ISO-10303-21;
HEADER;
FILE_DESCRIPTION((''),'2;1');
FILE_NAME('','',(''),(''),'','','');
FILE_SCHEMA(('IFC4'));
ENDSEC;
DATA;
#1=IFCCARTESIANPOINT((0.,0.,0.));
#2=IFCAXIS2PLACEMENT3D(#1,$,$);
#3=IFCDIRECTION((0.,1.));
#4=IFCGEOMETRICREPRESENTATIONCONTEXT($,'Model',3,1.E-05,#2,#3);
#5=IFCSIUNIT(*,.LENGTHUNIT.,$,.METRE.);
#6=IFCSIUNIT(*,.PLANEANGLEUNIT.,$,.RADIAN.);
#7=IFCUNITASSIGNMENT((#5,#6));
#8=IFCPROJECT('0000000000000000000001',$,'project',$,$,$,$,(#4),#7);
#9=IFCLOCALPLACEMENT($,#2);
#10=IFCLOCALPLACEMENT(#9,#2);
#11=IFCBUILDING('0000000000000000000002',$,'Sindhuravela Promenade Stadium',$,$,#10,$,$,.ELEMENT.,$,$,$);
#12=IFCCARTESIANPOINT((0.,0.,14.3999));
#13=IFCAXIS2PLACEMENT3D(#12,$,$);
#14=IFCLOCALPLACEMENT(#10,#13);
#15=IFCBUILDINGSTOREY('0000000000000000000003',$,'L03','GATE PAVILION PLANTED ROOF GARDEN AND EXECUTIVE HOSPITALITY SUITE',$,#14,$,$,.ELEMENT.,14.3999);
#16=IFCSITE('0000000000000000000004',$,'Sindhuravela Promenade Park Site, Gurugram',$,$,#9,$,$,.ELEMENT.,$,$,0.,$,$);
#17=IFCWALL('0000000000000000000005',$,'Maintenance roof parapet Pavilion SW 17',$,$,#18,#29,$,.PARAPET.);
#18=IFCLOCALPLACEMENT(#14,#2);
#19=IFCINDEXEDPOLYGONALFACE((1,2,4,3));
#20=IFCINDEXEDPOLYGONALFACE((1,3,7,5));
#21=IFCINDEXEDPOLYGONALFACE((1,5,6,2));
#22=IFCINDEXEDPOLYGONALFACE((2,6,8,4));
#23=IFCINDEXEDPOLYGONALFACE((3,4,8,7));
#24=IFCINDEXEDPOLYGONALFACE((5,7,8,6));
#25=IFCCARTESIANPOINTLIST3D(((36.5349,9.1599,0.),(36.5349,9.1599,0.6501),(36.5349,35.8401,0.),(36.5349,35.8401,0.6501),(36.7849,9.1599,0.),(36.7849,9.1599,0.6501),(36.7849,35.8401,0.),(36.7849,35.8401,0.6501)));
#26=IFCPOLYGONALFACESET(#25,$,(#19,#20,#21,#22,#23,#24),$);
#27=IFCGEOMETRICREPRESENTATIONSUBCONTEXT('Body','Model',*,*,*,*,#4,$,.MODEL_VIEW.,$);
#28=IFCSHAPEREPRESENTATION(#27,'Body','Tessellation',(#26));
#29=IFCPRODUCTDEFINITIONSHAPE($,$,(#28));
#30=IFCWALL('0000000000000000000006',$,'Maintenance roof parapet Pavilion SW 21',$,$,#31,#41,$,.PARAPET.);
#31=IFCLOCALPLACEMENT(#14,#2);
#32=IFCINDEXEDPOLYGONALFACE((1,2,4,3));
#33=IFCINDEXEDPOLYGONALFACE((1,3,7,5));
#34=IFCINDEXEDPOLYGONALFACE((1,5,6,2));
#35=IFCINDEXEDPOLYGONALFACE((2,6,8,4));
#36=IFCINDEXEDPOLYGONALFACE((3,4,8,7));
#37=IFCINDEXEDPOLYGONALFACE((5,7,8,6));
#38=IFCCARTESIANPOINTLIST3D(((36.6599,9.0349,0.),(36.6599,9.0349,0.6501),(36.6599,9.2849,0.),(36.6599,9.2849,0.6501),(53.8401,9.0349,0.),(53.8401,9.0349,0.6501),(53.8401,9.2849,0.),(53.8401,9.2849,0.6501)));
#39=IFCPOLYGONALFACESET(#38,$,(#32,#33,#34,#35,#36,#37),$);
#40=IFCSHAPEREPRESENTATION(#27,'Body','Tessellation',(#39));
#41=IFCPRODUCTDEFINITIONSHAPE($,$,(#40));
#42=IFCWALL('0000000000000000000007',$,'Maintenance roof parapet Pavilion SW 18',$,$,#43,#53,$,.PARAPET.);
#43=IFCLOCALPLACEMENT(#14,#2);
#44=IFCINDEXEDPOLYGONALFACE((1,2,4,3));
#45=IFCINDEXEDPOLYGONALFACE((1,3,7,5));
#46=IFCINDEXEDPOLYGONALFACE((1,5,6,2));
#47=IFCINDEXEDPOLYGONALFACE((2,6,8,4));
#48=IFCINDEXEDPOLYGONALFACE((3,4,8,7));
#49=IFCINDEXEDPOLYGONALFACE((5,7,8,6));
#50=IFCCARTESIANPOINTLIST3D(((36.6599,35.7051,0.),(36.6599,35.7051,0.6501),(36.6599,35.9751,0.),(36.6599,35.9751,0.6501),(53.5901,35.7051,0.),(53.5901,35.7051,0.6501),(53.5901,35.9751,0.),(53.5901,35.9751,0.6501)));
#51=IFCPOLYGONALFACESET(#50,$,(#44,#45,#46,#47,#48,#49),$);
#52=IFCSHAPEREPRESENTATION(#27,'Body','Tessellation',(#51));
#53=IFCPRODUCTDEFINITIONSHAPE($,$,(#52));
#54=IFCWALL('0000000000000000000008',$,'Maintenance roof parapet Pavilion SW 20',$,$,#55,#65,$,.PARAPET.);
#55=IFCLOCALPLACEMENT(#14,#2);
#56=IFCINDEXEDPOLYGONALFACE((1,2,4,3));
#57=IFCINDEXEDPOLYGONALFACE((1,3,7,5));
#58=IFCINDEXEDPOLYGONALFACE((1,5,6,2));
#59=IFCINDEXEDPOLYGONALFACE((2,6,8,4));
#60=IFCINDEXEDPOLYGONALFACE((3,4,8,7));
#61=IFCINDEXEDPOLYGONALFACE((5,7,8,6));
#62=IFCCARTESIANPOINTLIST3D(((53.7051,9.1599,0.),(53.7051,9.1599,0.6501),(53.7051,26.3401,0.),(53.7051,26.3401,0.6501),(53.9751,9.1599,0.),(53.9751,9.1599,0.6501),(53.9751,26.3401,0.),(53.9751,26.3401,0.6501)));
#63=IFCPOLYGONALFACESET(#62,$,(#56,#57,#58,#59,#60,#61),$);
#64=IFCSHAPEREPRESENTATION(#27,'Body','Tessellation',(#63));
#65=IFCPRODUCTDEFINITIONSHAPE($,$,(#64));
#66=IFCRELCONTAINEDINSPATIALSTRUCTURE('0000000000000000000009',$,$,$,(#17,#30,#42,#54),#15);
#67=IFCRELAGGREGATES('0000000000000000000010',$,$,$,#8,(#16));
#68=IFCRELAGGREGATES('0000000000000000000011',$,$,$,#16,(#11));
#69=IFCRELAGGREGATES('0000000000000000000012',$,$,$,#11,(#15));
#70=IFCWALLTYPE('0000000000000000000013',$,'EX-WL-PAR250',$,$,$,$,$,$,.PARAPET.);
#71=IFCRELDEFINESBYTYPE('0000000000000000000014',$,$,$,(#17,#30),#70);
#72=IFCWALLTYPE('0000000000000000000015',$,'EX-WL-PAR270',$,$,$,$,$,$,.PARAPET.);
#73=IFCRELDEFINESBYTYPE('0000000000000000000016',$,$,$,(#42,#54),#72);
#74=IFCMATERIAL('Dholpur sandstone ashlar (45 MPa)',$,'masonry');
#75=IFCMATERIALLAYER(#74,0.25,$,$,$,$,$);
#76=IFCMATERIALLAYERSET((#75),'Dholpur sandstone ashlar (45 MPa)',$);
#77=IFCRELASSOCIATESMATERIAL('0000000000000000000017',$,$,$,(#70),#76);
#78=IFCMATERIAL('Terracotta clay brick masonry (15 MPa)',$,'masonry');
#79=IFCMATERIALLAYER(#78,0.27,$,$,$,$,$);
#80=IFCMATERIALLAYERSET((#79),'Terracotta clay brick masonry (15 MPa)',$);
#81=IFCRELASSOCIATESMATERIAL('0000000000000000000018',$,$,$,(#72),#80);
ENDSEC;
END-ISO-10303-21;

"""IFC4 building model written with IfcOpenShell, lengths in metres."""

from ifc_helpers import new_model, si_unit, direction, frame, frame_2d, origin, place, context, subcontext, project, spatial, rectangle, extrude, material, layer, layer_set, type_object, element, save


model = new_model("IFC4")

# Units and contexts
model_context = context("Model", 3, precision=1e-05, world=origin(), true_north=direction((0.0, 1.0)))
body_context = subcontext(model_context, "Body", "Model", "MODEL_VIEW")
ifc_project = project(units=[si_unit("LENGTHUNIT", "METRE"), si_unit("PLANEANGLEUNIT", "RADIAN")], contexts=[model_context])

# Site, building, storey
site_placement = place(None, origin())
site = spatial("IfcSite", under=ifc_project, at=site_placement, Name="Sindhuravela Promenade Park Site, Gurugram", CompositionType="ELEMENT", RefElevation=0.0)
building_placement = place(site_placement, origin())
building = spatial("IfcBuilding", under=site, at=building_placement, Name="Sindhuravela Promenade Stadium", CompositionType="ELEMENT")
storey_placement = place(building_placement, frame((0.0, 0.0, 14.3999)))
storey = spatial("IfcBuildingStorey", under=building, at=storey_placement, Name="L03", Description="GATE PAVILION PLANTED ROOF GARDEN AND EXECUTIVE HOSPITALITY SUITE", CompositionType="ELEMENT", Elevation=14.3999)

# Shared definitions
ifc_material_1 = material(Name="Terracotta clay brick masonry (15 MPa)", Category="masonry")

# Walls
ifc_material_2 = material(Name="Dholpur sandstone ashlar (45 MPa)", Category="masonry")
ifc_layer_1 = layer(ifc_material_2, 0.25)
ifc_layer_set_1 = layer_set([ifc_layer_1], Name="Dholpur sandstone ashlar (45 MPa)")
wall_type_1 = type_object("IfcWallType", Name="EX-WL-PAR250", PredefinedType="PARAPET", material=ifc_layer_set_1)
wall_1_placement = place(storey_placement, frame((36.6599, 9.1599, 0.0), z_axis=(0.0, 0.0, 1.0), x_axis=(0.0, 1.0, 0.0)))
element("IfcWall", 1, at=wall_1_placement, inside=storey, type_object=wall_type_1, Name="Maintenance roof parapet Pavilion SW 17", PredefinedType="PARAPET", context=body_context, shape_type="SweptSolid", body=[
    extrude(rectangle(XDim=26.6802, YDim=0.25, at=frame_2d((13.3401, 0.0))), origin(), (0.0, 0.0, 1.0), 0.6501),
])
wall_2_placement = place(storey_placement, frame((53.8401, 9.1599, 0.0), z_axis=(0.0, 0.0, 1.0), x_axis=(-1.0, 0.0, 0.0)))
element("IfcWall", 2, at=wall_2_placement, inside=storey, type_object=wall_type_1, Name="Maintenance roof parapet Pavilion SW 21", PredefinedType="PARAPET", context=body_context, shape_type="SweptSolid", body=[
    extrude(rectangle(XDim=17.1802, YDim=0.25, at=frame_2d((8.5901, 0.0))), origin(), (0.0, 0.0, 1.0), 0.6501),
])
ifc_layer_2 = layer(ifc_material_1, 0.27)
ifc_layer_set_2 = layer_set([ifc_layer_2], Name="Terracotta clay brick masonry (15 MPa)")
wall_type_2 = type_object("IfcWallType", Name="EX-WL-PAR270", PredefinedType="PARAPET", material=ifc_layer_set_2)
wall_3_placement = place(storey_placement, frame((36.6599, 35.8401, 0.0), z_axis=(0.0, 0.0, 1.0), x_axis=(1.0, 0.0, 0.0)))
element("IfcWall", 3, at=wall_3_placement, inside=storey, type_object=wall_type_2, Name="Maintenance roof parapet Pavilion SW 18", PredefinedType="PARAPET", context=body_context, shape_type="SweptSolid", body=[
    extrude(rectangle(XDim=16.9302, YDim=0.27, at=frame_2d((8.4651, 0.0))), origin(), (0.0, 0.0, 1.0), 0.6501),
])
wall_4_placement = place(storey_placement, frame((53.8401, 26.3401, 0.0), z_axis=(0.0, 0.0, 1.0), x_axis=(0.0, -1.0, 0.0)))
element("IfcWall", 4, at=wall_4_placement, inside=storey, type_object=wall_type_2, Name="Maintenance roof parapet Pavilion SW 20", PredefinedType="PARAPET", context=body_context, shape_type="SweptSolid", body=[
    extrude(rectangle(XDim=17.1802, YDim=0.27, at=frame_2d((8.5901, 0.0))), origin(), (0.0, 0.0, 1.0), 0.6501),
])

save(model, "model.ifc")
